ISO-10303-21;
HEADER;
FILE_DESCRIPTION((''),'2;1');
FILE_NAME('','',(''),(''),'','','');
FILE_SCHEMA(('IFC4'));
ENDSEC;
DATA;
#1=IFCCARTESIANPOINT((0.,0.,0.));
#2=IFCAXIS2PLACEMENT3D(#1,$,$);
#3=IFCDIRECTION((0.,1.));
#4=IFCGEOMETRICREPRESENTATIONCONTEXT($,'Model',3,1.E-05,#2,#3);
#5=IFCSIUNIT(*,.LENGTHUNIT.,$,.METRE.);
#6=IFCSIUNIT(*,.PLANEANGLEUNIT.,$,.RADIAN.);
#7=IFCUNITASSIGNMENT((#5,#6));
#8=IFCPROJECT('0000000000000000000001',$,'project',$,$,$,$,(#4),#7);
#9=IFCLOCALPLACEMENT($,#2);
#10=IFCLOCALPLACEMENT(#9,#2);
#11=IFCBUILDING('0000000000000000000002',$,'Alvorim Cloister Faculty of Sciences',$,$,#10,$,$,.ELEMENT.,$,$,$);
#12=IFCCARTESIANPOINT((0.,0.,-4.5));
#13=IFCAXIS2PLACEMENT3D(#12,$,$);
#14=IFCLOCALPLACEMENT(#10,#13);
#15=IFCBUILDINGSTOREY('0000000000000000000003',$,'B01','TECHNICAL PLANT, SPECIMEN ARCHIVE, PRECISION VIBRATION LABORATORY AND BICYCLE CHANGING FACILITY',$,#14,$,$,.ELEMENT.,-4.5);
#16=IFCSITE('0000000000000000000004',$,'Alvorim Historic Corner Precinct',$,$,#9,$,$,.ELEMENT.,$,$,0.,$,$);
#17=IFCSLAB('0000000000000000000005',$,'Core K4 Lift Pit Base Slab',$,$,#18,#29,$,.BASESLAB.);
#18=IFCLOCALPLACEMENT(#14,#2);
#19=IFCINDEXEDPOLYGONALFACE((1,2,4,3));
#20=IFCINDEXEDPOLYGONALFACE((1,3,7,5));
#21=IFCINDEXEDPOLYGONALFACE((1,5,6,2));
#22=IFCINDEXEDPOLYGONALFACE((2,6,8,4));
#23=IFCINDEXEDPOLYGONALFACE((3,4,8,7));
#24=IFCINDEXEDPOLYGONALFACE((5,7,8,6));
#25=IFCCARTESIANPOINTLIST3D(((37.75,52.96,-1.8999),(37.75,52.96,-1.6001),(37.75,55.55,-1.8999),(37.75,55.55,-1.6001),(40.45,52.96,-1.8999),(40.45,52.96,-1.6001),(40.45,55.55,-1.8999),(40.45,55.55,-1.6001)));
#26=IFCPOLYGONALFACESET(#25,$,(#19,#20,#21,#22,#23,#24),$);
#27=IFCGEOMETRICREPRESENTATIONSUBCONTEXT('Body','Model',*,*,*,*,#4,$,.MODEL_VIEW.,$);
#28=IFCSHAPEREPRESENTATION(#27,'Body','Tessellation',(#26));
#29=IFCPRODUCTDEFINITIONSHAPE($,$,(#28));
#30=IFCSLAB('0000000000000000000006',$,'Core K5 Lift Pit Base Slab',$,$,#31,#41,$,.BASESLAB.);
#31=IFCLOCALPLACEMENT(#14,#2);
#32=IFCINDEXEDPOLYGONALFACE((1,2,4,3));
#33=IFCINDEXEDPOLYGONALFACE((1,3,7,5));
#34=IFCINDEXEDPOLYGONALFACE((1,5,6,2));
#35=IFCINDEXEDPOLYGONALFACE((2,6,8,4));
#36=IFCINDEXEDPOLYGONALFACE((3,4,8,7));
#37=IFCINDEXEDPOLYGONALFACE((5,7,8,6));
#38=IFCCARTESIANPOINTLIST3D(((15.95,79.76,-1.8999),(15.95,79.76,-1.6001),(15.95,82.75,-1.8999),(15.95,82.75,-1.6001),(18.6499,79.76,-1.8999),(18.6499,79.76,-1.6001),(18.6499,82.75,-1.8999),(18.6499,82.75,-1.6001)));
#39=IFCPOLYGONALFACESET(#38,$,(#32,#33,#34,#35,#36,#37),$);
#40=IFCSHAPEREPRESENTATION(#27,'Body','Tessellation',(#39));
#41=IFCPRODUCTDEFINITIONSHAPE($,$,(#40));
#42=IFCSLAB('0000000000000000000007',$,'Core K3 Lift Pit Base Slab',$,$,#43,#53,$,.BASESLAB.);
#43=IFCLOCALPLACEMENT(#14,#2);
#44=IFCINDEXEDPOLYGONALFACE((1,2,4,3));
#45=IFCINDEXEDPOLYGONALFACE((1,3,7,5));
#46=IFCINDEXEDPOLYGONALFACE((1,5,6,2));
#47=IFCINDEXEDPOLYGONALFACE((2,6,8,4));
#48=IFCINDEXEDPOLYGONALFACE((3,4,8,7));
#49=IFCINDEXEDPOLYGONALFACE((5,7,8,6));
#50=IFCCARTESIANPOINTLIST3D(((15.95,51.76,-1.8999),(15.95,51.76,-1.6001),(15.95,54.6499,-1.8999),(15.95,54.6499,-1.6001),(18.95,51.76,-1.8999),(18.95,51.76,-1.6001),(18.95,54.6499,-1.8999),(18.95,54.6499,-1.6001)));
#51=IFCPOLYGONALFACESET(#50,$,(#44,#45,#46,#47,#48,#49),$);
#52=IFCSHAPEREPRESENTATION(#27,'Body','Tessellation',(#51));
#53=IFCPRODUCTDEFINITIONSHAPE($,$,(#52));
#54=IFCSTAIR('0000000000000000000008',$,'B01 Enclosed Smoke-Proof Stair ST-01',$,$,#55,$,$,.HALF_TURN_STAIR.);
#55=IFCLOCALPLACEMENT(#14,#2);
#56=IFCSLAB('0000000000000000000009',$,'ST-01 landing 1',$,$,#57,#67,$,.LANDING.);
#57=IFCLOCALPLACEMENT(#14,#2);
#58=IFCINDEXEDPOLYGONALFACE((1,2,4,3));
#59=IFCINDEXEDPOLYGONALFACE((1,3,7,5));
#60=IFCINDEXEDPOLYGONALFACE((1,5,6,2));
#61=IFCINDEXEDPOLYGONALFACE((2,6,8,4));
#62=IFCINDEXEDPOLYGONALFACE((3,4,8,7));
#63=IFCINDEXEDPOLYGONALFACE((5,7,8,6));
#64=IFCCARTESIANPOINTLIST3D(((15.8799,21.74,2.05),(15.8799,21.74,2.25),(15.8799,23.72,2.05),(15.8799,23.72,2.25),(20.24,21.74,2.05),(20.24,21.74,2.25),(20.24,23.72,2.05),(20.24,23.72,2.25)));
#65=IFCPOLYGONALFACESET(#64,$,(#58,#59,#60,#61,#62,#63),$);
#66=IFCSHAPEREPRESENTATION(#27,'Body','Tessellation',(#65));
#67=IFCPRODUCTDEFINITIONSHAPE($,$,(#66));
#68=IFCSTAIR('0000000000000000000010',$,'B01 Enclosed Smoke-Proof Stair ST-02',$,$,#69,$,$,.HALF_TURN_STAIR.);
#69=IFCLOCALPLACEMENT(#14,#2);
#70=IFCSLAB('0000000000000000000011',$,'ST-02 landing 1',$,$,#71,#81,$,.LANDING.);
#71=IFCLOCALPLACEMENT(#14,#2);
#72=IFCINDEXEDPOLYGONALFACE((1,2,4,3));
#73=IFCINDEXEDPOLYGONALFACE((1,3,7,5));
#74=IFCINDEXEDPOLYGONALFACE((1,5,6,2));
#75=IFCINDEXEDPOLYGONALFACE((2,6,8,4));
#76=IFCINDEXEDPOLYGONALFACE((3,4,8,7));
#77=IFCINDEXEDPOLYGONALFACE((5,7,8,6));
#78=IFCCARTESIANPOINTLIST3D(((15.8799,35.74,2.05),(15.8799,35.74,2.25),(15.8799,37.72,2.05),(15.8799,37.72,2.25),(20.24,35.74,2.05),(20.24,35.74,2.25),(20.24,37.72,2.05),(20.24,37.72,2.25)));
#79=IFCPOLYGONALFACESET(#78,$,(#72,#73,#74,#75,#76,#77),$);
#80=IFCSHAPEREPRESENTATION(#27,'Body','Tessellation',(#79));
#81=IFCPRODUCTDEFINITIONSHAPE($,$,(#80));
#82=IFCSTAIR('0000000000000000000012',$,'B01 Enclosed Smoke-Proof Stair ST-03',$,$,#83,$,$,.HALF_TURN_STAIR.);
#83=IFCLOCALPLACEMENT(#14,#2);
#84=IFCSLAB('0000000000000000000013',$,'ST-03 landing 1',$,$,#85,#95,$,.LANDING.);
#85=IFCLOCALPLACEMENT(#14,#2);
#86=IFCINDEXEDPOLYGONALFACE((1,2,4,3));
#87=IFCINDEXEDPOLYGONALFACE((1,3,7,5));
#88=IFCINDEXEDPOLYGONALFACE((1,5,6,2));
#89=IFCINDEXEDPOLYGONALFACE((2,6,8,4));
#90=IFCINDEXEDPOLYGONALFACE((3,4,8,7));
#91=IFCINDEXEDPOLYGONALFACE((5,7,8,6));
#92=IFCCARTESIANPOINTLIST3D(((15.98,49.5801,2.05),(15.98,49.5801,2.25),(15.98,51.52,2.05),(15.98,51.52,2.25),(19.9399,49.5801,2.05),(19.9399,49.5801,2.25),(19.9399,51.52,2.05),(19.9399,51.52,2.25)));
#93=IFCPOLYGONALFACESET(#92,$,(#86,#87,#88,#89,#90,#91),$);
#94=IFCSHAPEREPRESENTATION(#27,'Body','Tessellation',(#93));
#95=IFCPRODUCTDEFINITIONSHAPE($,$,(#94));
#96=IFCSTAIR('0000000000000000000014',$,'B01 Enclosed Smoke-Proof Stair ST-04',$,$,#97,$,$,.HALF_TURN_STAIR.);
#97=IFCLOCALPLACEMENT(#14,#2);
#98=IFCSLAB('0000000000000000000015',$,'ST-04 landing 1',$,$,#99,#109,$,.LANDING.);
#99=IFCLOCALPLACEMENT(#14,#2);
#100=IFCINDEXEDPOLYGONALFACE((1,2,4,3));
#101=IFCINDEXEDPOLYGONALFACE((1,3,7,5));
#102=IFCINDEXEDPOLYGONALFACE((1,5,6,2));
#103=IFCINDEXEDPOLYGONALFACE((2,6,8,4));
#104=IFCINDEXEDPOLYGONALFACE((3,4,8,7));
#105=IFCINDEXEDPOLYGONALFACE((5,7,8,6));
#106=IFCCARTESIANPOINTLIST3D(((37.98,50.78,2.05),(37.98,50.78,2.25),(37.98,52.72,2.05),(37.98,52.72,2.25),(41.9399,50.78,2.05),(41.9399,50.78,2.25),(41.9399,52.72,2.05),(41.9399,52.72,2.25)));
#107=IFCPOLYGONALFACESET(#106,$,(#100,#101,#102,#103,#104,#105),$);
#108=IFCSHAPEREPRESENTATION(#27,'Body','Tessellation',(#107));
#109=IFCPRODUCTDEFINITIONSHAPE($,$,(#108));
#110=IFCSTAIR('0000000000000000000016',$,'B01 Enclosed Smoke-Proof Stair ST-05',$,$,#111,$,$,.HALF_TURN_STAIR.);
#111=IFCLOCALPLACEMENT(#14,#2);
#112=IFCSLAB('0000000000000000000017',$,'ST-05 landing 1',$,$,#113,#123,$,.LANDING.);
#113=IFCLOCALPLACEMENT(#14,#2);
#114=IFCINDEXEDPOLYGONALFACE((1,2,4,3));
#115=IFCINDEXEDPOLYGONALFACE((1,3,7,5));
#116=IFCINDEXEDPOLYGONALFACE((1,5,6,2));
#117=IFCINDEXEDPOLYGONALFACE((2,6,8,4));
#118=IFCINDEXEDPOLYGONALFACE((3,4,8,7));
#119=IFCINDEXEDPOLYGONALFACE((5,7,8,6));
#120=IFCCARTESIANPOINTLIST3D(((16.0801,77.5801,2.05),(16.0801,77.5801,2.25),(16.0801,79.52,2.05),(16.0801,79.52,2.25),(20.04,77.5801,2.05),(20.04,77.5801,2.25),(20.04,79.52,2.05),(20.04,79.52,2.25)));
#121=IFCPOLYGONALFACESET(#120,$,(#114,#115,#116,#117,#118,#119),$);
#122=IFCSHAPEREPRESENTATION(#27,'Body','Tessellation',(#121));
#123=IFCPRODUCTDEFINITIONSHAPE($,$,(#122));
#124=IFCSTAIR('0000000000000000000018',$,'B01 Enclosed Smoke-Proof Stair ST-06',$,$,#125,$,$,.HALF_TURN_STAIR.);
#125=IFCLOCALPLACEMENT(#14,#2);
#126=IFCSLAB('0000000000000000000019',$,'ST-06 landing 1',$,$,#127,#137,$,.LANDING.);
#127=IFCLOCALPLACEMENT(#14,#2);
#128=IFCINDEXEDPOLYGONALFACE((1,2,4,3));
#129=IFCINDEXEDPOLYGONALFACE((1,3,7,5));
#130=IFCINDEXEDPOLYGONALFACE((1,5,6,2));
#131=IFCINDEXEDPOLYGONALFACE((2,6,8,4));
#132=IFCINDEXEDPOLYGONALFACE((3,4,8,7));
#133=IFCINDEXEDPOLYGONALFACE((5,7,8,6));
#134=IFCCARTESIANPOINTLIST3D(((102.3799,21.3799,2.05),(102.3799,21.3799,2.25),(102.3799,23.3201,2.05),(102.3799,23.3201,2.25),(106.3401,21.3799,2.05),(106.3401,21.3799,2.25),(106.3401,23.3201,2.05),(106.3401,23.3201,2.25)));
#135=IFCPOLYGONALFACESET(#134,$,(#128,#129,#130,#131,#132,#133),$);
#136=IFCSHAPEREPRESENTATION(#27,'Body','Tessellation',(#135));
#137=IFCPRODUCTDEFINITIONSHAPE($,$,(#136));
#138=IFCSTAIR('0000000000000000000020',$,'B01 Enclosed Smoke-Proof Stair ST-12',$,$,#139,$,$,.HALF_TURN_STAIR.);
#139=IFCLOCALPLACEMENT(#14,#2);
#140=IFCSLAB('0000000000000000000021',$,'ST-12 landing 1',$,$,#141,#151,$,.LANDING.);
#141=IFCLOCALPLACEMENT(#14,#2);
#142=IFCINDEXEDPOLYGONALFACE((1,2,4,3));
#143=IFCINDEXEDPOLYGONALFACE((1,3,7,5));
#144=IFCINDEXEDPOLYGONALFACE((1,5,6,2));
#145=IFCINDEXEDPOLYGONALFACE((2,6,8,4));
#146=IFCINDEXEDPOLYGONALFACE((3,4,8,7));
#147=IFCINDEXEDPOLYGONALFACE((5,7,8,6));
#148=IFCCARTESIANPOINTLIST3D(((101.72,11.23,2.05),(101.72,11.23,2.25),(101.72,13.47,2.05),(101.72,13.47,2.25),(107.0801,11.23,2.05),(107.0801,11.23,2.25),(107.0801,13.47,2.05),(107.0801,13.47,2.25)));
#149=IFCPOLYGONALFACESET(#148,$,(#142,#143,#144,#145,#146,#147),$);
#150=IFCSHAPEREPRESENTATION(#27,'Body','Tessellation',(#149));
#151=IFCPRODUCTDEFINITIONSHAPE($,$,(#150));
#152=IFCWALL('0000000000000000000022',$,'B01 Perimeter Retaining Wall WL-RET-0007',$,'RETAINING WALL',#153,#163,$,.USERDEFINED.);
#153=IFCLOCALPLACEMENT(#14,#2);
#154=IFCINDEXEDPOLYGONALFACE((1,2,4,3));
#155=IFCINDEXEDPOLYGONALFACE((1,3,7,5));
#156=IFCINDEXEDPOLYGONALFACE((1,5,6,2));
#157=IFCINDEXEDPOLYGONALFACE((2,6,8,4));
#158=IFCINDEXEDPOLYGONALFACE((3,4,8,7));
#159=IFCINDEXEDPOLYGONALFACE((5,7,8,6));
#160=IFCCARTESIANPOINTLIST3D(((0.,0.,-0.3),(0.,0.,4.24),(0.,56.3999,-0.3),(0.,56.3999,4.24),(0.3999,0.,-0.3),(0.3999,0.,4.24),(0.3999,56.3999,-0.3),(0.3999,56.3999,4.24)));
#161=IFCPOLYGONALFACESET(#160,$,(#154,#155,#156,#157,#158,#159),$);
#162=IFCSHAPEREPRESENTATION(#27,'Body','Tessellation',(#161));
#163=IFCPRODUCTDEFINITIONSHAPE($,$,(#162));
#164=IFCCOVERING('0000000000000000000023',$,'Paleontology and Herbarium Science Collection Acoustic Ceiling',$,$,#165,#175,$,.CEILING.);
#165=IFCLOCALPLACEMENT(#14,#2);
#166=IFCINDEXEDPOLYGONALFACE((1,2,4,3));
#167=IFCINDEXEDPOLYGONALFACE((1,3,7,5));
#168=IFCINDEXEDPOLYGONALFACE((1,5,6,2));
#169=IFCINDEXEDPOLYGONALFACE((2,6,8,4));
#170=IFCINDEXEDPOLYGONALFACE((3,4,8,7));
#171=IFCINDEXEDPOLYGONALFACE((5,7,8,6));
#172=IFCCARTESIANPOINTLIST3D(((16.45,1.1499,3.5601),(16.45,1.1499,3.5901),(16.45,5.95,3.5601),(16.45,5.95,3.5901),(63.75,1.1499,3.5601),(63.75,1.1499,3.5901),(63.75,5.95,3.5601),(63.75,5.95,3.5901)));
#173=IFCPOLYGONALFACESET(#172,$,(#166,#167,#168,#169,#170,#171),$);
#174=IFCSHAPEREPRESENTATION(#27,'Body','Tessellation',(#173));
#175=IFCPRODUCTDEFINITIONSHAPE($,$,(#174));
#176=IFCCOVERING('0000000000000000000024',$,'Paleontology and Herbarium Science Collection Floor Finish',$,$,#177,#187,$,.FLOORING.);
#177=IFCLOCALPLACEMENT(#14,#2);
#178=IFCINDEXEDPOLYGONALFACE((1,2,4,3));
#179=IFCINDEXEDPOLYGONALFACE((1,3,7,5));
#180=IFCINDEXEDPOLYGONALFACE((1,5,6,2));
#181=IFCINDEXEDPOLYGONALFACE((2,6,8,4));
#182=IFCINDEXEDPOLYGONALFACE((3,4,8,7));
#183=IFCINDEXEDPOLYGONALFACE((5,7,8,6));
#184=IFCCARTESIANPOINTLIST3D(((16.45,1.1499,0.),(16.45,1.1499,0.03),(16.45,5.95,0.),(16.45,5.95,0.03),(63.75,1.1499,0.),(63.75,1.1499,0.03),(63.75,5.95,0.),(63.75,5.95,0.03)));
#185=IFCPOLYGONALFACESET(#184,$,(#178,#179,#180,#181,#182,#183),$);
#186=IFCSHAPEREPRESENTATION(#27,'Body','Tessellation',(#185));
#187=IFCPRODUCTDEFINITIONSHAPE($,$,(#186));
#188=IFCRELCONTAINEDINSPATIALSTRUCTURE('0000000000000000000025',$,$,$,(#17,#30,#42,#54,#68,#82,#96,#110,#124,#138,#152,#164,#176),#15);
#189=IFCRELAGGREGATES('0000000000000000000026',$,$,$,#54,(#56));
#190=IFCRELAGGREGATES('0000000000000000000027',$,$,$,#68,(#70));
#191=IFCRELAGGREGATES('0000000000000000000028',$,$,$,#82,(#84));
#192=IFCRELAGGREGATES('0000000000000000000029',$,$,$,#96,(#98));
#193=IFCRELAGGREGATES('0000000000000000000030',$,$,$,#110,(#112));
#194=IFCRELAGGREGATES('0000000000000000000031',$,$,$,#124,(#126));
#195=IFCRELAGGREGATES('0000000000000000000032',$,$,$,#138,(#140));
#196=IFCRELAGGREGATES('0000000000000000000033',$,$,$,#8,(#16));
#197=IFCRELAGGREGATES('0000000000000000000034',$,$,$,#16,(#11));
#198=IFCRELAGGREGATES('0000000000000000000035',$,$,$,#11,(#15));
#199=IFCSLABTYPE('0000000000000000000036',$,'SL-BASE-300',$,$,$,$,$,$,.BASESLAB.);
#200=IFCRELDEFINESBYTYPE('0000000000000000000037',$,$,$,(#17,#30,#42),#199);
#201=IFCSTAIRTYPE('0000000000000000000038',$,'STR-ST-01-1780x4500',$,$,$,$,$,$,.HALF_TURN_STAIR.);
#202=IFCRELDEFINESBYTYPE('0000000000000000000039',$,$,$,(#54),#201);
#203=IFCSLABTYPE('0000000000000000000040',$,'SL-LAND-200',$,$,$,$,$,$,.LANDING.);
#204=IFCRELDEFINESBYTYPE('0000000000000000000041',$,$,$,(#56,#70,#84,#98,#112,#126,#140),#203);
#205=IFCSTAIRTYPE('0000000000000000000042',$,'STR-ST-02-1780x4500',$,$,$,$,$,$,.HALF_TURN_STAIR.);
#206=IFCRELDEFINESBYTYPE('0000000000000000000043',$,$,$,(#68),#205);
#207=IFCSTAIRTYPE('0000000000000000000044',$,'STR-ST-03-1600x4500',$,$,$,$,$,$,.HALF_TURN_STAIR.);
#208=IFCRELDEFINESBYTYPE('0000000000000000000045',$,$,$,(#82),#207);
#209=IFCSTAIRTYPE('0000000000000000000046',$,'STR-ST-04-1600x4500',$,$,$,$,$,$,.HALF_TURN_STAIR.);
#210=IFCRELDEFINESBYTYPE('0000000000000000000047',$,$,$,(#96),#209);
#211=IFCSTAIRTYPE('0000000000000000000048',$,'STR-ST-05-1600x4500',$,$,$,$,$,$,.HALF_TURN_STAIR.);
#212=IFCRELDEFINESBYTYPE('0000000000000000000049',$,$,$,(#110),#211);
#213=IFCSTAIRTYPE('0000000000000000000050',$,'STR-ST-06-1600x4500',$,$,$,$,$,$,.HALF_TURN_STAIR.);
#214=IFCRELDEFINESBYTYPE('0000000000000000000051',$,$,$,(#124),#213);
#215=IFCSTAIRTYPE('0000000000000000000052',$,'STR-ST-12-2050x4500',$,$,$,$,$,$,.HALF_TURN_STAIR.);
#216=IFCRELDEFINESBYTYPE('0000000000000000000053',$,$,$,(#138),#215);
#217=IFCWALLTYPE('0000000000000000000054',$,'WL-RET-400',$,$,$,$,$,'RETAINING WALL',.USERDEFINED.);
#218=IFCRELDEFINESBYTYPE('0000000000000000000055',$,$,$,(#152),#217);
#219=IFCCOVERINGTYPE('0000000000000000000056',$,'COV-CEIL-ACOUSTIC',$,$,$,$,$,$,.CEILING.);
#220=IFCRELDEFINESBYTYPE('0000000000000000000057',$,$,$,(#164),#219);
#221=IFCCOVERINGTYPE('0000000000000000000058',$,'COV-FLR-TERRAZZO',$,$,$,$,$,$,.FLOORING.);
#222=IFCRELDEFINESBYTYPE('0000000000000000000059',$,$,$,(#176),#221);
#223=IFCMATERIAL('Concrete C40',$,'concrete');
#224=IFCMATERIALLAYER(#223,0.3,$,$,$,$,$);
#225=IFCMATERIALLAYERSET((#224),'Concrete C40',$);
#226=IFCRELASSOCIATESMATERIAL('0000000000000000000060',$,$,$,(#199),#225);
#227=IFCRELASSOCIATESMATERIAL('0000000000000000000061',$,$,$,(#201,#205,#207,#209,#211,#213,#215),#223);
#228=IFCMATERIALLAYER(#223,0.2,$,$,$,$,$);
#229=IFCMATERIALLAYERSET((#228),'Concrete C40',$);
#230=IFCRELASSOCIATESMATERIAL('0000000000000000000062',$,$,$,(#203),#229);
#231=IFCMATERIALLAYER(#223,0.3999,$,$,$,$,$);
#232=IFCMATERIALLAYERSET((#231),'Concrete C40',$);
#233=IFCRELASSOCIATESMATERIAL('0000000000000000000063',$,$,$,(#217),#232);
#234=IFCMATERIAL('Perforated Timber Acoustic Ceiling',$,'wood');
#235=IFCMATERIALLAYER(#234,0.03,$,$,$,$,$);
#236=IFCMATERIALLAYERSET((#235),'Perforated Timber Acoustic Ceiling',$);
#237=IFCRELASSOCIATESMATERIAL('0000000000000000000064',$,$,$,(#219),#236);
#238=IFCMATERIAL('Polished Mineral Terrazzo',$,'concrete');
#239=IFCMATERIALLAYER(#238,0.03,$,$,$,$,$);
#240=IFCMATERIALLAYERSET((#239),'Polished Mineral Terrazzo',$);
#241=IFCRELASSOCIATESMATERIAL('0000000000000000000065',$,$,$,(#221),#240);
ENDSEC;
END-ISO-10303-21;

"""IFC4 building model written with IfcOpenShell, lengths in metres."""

from ifc_helpers import new_model, si_unit, direction, frame, frame_2d, origin, place, context, subcontext, project, spatial, polyline, rectangle, outline, extrude, material, layer, layer_set, type_object, element, aggregate, save


model = new_model("IFC4")

# Units and contexts
model_context = context("Model", 3, precision=1e-05, world=origin(), true_north=direction((0.0, 1.0)))
body_context = subcontext(model_context, "Body", "Model", "MODEL_VIEW")
ifc_project = project(units=[si_unit("LENGTHUNIT", "METRE"), si_unit("PLANEANGLEUNIT", "RADIAN")], contexts=[model_context])

# Site, building, storey
site_placement = place(None, origin())
site = spatial("IfcSite", under=ifc_project, at=site_placement, Name="Alvorim Historic Corner Precinct", CompositionType="ELEMENT", RefElevation=0.0)
building_placement = place(site_placement, origin())
building = spatial("IfcBuilding", under=site, at=building_placement, Name="Alvorim Cloister Faculty of Sciences", CompositionType="ELEMENT")
storey_placement = place(building_placement, frame((0.0, 0.0, -4.5)))
storey = spatial("IfcBuildingStorey", under=building, at=storey_placement, Name="B01", Description="TECHNICAL PLANT, SPECIMEN ARCHIVE, PRECISION VIBRATION LABORATORY AND BICYCLE CHANGING FACILITY", CompositionType="ELEMENT", Elevation=-4.5)

# Shared definitions
ifc_material_1 = material(Name="Concrete C40", Category="concrete")

# Slabs
ifc_layer_1 = layer(ifc_material_1, 0.3)
ifc_layer_set_1 = layer_set([ifc_layer_1], Name="Concrete C40")
slab_type_1 = type_object("IfcSlabType", Name="SL-BASE-300", PredefinedType="BASESLAB", material=ifc_layer_set_1)
slab_1_placement = place(storey_placement, frame((0.0, 0.0, -1.8999)))
element("IfcSlab", 1, at=slab_1_placement, inside=storey, type_object=slab_type_1, Name="Core K4 Lift Pit Base Slab", PredefinedType="BASESLAB", context=body_context, shape_type="SweptSolid", body=[
    extrude(outline(polyline([(37.75, 52.96), (40.45, 52.96), (40.45, 55.55), (37.75, 55.55), (37.75, 52.96)])), origin(), (0.0, 0.0, 1.0), 0.2998),
])
slab_2_placement = place(storey_placement, frame((0.0, 0.0, -1.8999)))
element("IfcSlab", 2, at=slab_2_placement, inside=storey, type_object=slab_type_1, Name="Core K5 Lift Pit Base Slab", PredefinedType="BASESLAB", context=body_context, shape_type="SweptSolid", body=[
    extrude(outline(polyline([(15.95, 79.76), (18.6499, 79.76), (18.6499, 82.75), (15.95, 82.75), (15.95, 79.76)])), origin(), (0.0, 0.0, 1.0), 0.2998),
])
slab_3_placement = place(storey_placement, frame((0.0, 0.0, -1.8999)))
element("IfcSlab", 3, at=slab_3_placement, inside=storey, type_object=slab_type_1, Name="Core K3 Lift Pit Base Slab", PredefinedType="BASESLAB", context=body_context, shape_type="SweptSolid", body=[
    extrude(outline(polyline([(15.95, 51.76), (18.95, 51.76), (18.95, 54.6499), (15.95, 54.6499), (15.95, 51.76)])), origin(), (0.0, 0.0, 1.0), 0.2998),
])

# Stairs, slabs
stair_type_1 = type_object("IfcStairType", Name="STR-ST-01-1780x4500", PredefinedType="HALF_TURN_STAIR", material=ifc_material_1)
stair_1_placement = place(storey_placement, origin())
stair_1 = element("IfcStair", 4, at=stair_1_placement, inside=storey, type_object=stair_type_1, Name="B01 Enclosed Smoke-Proof Stair ST-01", PredefinedType="HALF_TURN_STAIR")
ifc_layer_2 = layer(ifc_material_1, 0.2)
ifc_layer_set_2 = layer_set([ifc_layer_2], Name="Concrete C40")
slab_type_2 = type_object("IfcSlabType", Name="SL-LAND-200", PredefinedType="LANDING", material=ifc_layer_set_2)
slab_4_placement = place(storey_placement, frame((0.0, 0.0, 2.05)))
slab_4 = element("IfcSlab", 5, at=slab_4_placement, type_object=slab_type_2, Name="ST-01 landing 1", PredefinedType="LANDING", context=body_context, shape_type="SweptSolid", body=[
    extrude(outline(polyline([(20.24, 21.74), (20.24, 23.72), (15.8799, 23.72), (15.8799, 21.74), (20.24, 21.74)])), origin(), (0.0, 0.0, 1.0), 0.2),
])
aggregate(stair_1, [slab_4])
stair_type_2 = type_object("IfcStairType", Name="STR-ST-02-1780x4500", PredefinedType="HALF_TURN_STAIR", material=ifc_material_1)
stair_2_placement = place(storey_placement, origin())
stair_2 = element("IfcStair", 6, at=stair_2_placement, inside=storey, type_object=stair_type_2, Name="B01 Enclosed Smoke-Proof Stair ST-02", PredefinedType="HALF_TURN_STAIR")
slab_5_placement = place(storey_placement, frame((0.0, 0.0, 2.05)))
slab_5 = element("IfcSlab", 7, at=slab_5_placement, type_object=slab_type_2, Name="ST-02 landing 1", PredefinedType="LANDING", context=body_context, shape_type="SweptSolid", body=[
    extrude(outline(polyline([(20.24, 35.74), (20.24, 37.72), (15.8799, 37.72), (15.8799, 35.74), (20.24, 35.74)])), origin(), (0.0, 0.0, 1.0), 0.2),
])
aggregate(stair_2, [slab_5])
stair_type_3 = type_object("IfcStairType", Name="STR-ST-03-1600x4500", PredefinedType="HALF_TURN_STAIR", material=ifc_material_1)
stair_3_placement = place(storey_placement, origin())
stair_3 = element("IfcStair", 8, at=stair_3_placement, inside=storey, type_object=stair_type_3, Name="B01 Enclosed Smoke-Proof Stair ST-03", PredefinedType="HALF_TURN_STAIR")
slab_6_placement = place(storey_placement, frame((0.0, 0.0, 2.05)))
slab_6 = element("IfcSlab", 9, at=slab_6_placement, type_object=slab_type_2, Name="ST-03 landing 1", PredefinedType="LANDING", context=body_context, shape_type="SweptSolid", body=[
    extrude(outline(polyline([(19.9399, 49.5801), (19.9399, 51.52), (15.98, 51.52), (15.98, 49.5801), (19.9399, 49.5801)])), origin(), (0.0, 0.0, 1.0), 0.2),
])
aggregate(stair_3, [slab_6])
stair_type_4 = type_object("IfcStairType", Name="STR-ST-04-1600x4500", PredefinedType="HALF_TURN_STAIR", material=ifc_material_1)
stair_4_placement = place(storey_placement, origin())
stair_4 = element("IfcStair", 10, at=stair_4_placement, inside=storey, type_object=stair_type_4, Name="B01 Enclosed Smoke-Proof Stair ST-04", PredefinedType="HALF_TURN_STAIR")
slab_7_placement = place(storey_placement, frame((0.0, 0.0, 2.05)))
slab_7 = element("IfcSlab", 11, at=slab_7_placement, type_object=slab_type_2, Name="ST-04 landing 1", PredefinedType="LANDING", context=body_context, shape_type="SweptSolid", body=[
    extrude(outline(polyline([(41.9399, 50.78), (41.9399, 52.72), (37.98, 52.72), (37.98, 50.78), (41.9399, 50.78)])), origin(), (0.0, 0.0, 1.0), 0.2),
])
aggregate(stair_4, [slab_7])
stair_type_5 = type_object("IfcStairType", Name="STR-ST-05-1600x4500", PredefinedType="HALF_TURN_STAIR", material=ifc_material_1)
stair_5_placement = place(storey_placement, origin())
stair_5 = element("IfcStair", 12, at=stair_5_placement, inside=storey, type_object=stair_type_5, Name="B01 Enclosed Smoke-Proof Stair ST-05", PredefinedType="HALF_TURN_STAIR")
slab_8_placement = place(storey_placement, frame((0.0, 0.0, 2.05)))
slab_8 = element("IfcSlab", 13, at=slab_8_placement, type_object=slab_type_2, Name="ST-05 landing 1", PredefinedType="LANDING", context=body_context, shape_type="SweptSolid", body=[
    extrude(outline(polyline([(20.04, 77.5801), (20.04, 79.52), (16.0801, 79.52), (16.0801, 77.5801), (20.04, 77.5801)])), origin(), (0.0, 0.0, 1.0), 0.2),
])
aggregate(stair_5, [slab_8])
stair_type_6 = type_object("IfcStairType", Name="STR-ST-06-1600x4500", PredefinedType="HALF_TURN_STAIR", material=ifc_material_1)
stair_6_placement = place(storey_placement, origin())
stair_6 = element("IfcStair", 14, at=stair_6_placement, inside=storey, type_object=stair_type_6, Name="B01 Enclosed Smoke-Proof Stair ST-06", PredefinedType="HALF_TURN_STAIR")
slab_9_placement = place(storey_placement, frame((0.0, 0.0, 2.05)))
slab_9 = element("IfcSlab", 15, at=slab_9_placement, type_object=slab_type_2, Name="ST-06 landing 1", PredefinedType="LANDING", context=body_context, shape_type="SweptSolid", body=[
    extrude(outline(polyline([(106.3401, 21.3799), (106.3401, 23.3201), (102.3799, 23.3201), (102.3799, 21.3799), (106.3401, 21.3799)])), origin(), (0.0, 0.0, 1.0), 0.2),
])
aggregate(stair_6, [slab_9])
stair_type_7 = type_object("IfcStairType", Name="STR-ST-12-2050x4500", PredefinedType="HALF_TURN_STAIR", material=ifc_material_1)
stair_7_placement = place(storey_placement, origin())
stair_7 = element("IfcStair", 16, at=stair_7_placement, inside=storey, type_object=stair_type_7, Name="B01 Enclosed Smoke-Proof Stair ST-12", PredefinedType="HALF_TURN_STAIR")
slab_10_placement = place(storey_placement, frame((0.0, 0.0, 2.05)))
slab_10 = element("IfcSlab", 17, at=slab_10_placement, type_object=slab_type_2, Name="ST-12 landing 1", PredefinedType="LANDING", context=body_context, shape_type="SweptSolid", body=[
    extrude(outline(polyline([(107.0801, 11.23), (107.0801, 13.47), (101.72, 13.47), (101.72, 11.23), (107.0801, 11.23)])), origin(), (0.0, 0.0, 1.0), 0.2),
])
aggregate(stair_7, [slab_10])

# Wall
ifc_layer_3 = layer(ifc_material_1, 0.3999)
ifc_layer_set_3 = layer_set([ifc_layer_3], Name="Concrete C40")
wall_type = type_object("IfcWallType", Name="WL-RET-400", ElementType="RETAINING WALL", PredefinedType="USERDEFINED", material=ifc_layer_set_3)
wall_placement = place(storey_placement, frame((0.2, 0.0, -0.3), z_axis=(0.0, 0.0, 1.0), x_axis=(0.0, 1.0, 0.0)))
element("IfcWall", 18, at=wall_placement, inside=storey, type_object=wall_type, Name="B01 Perimeter Retaining Wall WL-RET-0007", ObjectType="RETAINING WALL", PredefinedType="USERDEFINED", context=body_context, shape_type="SweptSolid", body=[
    extrude(rectangle(XDim=56.3999, YDim=0.3999, at=frame_2d((28.2, 0.0))), origin(), (0.0, 0.0, 1.0), 4.54),
])

# Coverings
ifc_material_2 = material(Name="Perforated Timber Acoustic Ceiling", Category="wood")
ifc_layer_4 = layer(ifc_material_2, 0.03)
ifc_layer_set_4 = layer_set([ifc_layer_4], Name="Perforated Timber Acoustic Ceiling")
covering_type_1 = type_object("IfcCoveringType", Name="COV-CEIL-ACOUSTIC", PredefinedType="CEILING", material=ifc_layer_set_4)
covering_1_placement = place(storey_placement, frame((0.0, 0.0, 3.5601)))
element("IfcCovering", 19, at=covering_1_placement, inside=storey, type_object=covering_type_1, Name="Paleontology and Herbarium Science Collection Acoustic Ceiling", PredefinedType="CEILING", context=body_context, shape_type="SweptSolid", body=[
    extrude(outline(polyline([(16.45, 1.1499), (63.75, 1.1499), (63.75, 5.95), (16.45, 5.95), (16.45, 1.1499)])), origin(), (0.0, 0.0, 1.0), 0.03),
])
ifc_material_3 = material(Name="Polished Mineral Terrazzo", Category="concrete")
ifc_layer_5 = layer(ifc_material_3, 0.03)
ifc_layer_set_5 = layer_set([ifc_layer_5], Name="Polished Mineral Terrazzo")
covering_type_2 = type_object("IfcCoveringType", Name="COV-FLR-TERRAZZO", PredefinedType="FLOORING", material=ifc_layer_set_5)
covering_2_placement = place(storey_placement, origin())
element("IfcCovering", 20, at=covering_2_placement, inside=storey, type_object=covering_type_2, Name="Paleontology and Herbarium Science Collection Floor Finish", PredefinedType="FLOORING", context=body_context, shape_type="SweptSolid", body=[
    extrude(outline(polyline([(16.45, 1.1499), (63.75, 1.1499), (63.75, 5.95), (16.45, 5.95), (16.45, 1.1499)])), origin(), (0.0, 0.0, 1.0), 0.03),
])

save(model, "model.ifc")
